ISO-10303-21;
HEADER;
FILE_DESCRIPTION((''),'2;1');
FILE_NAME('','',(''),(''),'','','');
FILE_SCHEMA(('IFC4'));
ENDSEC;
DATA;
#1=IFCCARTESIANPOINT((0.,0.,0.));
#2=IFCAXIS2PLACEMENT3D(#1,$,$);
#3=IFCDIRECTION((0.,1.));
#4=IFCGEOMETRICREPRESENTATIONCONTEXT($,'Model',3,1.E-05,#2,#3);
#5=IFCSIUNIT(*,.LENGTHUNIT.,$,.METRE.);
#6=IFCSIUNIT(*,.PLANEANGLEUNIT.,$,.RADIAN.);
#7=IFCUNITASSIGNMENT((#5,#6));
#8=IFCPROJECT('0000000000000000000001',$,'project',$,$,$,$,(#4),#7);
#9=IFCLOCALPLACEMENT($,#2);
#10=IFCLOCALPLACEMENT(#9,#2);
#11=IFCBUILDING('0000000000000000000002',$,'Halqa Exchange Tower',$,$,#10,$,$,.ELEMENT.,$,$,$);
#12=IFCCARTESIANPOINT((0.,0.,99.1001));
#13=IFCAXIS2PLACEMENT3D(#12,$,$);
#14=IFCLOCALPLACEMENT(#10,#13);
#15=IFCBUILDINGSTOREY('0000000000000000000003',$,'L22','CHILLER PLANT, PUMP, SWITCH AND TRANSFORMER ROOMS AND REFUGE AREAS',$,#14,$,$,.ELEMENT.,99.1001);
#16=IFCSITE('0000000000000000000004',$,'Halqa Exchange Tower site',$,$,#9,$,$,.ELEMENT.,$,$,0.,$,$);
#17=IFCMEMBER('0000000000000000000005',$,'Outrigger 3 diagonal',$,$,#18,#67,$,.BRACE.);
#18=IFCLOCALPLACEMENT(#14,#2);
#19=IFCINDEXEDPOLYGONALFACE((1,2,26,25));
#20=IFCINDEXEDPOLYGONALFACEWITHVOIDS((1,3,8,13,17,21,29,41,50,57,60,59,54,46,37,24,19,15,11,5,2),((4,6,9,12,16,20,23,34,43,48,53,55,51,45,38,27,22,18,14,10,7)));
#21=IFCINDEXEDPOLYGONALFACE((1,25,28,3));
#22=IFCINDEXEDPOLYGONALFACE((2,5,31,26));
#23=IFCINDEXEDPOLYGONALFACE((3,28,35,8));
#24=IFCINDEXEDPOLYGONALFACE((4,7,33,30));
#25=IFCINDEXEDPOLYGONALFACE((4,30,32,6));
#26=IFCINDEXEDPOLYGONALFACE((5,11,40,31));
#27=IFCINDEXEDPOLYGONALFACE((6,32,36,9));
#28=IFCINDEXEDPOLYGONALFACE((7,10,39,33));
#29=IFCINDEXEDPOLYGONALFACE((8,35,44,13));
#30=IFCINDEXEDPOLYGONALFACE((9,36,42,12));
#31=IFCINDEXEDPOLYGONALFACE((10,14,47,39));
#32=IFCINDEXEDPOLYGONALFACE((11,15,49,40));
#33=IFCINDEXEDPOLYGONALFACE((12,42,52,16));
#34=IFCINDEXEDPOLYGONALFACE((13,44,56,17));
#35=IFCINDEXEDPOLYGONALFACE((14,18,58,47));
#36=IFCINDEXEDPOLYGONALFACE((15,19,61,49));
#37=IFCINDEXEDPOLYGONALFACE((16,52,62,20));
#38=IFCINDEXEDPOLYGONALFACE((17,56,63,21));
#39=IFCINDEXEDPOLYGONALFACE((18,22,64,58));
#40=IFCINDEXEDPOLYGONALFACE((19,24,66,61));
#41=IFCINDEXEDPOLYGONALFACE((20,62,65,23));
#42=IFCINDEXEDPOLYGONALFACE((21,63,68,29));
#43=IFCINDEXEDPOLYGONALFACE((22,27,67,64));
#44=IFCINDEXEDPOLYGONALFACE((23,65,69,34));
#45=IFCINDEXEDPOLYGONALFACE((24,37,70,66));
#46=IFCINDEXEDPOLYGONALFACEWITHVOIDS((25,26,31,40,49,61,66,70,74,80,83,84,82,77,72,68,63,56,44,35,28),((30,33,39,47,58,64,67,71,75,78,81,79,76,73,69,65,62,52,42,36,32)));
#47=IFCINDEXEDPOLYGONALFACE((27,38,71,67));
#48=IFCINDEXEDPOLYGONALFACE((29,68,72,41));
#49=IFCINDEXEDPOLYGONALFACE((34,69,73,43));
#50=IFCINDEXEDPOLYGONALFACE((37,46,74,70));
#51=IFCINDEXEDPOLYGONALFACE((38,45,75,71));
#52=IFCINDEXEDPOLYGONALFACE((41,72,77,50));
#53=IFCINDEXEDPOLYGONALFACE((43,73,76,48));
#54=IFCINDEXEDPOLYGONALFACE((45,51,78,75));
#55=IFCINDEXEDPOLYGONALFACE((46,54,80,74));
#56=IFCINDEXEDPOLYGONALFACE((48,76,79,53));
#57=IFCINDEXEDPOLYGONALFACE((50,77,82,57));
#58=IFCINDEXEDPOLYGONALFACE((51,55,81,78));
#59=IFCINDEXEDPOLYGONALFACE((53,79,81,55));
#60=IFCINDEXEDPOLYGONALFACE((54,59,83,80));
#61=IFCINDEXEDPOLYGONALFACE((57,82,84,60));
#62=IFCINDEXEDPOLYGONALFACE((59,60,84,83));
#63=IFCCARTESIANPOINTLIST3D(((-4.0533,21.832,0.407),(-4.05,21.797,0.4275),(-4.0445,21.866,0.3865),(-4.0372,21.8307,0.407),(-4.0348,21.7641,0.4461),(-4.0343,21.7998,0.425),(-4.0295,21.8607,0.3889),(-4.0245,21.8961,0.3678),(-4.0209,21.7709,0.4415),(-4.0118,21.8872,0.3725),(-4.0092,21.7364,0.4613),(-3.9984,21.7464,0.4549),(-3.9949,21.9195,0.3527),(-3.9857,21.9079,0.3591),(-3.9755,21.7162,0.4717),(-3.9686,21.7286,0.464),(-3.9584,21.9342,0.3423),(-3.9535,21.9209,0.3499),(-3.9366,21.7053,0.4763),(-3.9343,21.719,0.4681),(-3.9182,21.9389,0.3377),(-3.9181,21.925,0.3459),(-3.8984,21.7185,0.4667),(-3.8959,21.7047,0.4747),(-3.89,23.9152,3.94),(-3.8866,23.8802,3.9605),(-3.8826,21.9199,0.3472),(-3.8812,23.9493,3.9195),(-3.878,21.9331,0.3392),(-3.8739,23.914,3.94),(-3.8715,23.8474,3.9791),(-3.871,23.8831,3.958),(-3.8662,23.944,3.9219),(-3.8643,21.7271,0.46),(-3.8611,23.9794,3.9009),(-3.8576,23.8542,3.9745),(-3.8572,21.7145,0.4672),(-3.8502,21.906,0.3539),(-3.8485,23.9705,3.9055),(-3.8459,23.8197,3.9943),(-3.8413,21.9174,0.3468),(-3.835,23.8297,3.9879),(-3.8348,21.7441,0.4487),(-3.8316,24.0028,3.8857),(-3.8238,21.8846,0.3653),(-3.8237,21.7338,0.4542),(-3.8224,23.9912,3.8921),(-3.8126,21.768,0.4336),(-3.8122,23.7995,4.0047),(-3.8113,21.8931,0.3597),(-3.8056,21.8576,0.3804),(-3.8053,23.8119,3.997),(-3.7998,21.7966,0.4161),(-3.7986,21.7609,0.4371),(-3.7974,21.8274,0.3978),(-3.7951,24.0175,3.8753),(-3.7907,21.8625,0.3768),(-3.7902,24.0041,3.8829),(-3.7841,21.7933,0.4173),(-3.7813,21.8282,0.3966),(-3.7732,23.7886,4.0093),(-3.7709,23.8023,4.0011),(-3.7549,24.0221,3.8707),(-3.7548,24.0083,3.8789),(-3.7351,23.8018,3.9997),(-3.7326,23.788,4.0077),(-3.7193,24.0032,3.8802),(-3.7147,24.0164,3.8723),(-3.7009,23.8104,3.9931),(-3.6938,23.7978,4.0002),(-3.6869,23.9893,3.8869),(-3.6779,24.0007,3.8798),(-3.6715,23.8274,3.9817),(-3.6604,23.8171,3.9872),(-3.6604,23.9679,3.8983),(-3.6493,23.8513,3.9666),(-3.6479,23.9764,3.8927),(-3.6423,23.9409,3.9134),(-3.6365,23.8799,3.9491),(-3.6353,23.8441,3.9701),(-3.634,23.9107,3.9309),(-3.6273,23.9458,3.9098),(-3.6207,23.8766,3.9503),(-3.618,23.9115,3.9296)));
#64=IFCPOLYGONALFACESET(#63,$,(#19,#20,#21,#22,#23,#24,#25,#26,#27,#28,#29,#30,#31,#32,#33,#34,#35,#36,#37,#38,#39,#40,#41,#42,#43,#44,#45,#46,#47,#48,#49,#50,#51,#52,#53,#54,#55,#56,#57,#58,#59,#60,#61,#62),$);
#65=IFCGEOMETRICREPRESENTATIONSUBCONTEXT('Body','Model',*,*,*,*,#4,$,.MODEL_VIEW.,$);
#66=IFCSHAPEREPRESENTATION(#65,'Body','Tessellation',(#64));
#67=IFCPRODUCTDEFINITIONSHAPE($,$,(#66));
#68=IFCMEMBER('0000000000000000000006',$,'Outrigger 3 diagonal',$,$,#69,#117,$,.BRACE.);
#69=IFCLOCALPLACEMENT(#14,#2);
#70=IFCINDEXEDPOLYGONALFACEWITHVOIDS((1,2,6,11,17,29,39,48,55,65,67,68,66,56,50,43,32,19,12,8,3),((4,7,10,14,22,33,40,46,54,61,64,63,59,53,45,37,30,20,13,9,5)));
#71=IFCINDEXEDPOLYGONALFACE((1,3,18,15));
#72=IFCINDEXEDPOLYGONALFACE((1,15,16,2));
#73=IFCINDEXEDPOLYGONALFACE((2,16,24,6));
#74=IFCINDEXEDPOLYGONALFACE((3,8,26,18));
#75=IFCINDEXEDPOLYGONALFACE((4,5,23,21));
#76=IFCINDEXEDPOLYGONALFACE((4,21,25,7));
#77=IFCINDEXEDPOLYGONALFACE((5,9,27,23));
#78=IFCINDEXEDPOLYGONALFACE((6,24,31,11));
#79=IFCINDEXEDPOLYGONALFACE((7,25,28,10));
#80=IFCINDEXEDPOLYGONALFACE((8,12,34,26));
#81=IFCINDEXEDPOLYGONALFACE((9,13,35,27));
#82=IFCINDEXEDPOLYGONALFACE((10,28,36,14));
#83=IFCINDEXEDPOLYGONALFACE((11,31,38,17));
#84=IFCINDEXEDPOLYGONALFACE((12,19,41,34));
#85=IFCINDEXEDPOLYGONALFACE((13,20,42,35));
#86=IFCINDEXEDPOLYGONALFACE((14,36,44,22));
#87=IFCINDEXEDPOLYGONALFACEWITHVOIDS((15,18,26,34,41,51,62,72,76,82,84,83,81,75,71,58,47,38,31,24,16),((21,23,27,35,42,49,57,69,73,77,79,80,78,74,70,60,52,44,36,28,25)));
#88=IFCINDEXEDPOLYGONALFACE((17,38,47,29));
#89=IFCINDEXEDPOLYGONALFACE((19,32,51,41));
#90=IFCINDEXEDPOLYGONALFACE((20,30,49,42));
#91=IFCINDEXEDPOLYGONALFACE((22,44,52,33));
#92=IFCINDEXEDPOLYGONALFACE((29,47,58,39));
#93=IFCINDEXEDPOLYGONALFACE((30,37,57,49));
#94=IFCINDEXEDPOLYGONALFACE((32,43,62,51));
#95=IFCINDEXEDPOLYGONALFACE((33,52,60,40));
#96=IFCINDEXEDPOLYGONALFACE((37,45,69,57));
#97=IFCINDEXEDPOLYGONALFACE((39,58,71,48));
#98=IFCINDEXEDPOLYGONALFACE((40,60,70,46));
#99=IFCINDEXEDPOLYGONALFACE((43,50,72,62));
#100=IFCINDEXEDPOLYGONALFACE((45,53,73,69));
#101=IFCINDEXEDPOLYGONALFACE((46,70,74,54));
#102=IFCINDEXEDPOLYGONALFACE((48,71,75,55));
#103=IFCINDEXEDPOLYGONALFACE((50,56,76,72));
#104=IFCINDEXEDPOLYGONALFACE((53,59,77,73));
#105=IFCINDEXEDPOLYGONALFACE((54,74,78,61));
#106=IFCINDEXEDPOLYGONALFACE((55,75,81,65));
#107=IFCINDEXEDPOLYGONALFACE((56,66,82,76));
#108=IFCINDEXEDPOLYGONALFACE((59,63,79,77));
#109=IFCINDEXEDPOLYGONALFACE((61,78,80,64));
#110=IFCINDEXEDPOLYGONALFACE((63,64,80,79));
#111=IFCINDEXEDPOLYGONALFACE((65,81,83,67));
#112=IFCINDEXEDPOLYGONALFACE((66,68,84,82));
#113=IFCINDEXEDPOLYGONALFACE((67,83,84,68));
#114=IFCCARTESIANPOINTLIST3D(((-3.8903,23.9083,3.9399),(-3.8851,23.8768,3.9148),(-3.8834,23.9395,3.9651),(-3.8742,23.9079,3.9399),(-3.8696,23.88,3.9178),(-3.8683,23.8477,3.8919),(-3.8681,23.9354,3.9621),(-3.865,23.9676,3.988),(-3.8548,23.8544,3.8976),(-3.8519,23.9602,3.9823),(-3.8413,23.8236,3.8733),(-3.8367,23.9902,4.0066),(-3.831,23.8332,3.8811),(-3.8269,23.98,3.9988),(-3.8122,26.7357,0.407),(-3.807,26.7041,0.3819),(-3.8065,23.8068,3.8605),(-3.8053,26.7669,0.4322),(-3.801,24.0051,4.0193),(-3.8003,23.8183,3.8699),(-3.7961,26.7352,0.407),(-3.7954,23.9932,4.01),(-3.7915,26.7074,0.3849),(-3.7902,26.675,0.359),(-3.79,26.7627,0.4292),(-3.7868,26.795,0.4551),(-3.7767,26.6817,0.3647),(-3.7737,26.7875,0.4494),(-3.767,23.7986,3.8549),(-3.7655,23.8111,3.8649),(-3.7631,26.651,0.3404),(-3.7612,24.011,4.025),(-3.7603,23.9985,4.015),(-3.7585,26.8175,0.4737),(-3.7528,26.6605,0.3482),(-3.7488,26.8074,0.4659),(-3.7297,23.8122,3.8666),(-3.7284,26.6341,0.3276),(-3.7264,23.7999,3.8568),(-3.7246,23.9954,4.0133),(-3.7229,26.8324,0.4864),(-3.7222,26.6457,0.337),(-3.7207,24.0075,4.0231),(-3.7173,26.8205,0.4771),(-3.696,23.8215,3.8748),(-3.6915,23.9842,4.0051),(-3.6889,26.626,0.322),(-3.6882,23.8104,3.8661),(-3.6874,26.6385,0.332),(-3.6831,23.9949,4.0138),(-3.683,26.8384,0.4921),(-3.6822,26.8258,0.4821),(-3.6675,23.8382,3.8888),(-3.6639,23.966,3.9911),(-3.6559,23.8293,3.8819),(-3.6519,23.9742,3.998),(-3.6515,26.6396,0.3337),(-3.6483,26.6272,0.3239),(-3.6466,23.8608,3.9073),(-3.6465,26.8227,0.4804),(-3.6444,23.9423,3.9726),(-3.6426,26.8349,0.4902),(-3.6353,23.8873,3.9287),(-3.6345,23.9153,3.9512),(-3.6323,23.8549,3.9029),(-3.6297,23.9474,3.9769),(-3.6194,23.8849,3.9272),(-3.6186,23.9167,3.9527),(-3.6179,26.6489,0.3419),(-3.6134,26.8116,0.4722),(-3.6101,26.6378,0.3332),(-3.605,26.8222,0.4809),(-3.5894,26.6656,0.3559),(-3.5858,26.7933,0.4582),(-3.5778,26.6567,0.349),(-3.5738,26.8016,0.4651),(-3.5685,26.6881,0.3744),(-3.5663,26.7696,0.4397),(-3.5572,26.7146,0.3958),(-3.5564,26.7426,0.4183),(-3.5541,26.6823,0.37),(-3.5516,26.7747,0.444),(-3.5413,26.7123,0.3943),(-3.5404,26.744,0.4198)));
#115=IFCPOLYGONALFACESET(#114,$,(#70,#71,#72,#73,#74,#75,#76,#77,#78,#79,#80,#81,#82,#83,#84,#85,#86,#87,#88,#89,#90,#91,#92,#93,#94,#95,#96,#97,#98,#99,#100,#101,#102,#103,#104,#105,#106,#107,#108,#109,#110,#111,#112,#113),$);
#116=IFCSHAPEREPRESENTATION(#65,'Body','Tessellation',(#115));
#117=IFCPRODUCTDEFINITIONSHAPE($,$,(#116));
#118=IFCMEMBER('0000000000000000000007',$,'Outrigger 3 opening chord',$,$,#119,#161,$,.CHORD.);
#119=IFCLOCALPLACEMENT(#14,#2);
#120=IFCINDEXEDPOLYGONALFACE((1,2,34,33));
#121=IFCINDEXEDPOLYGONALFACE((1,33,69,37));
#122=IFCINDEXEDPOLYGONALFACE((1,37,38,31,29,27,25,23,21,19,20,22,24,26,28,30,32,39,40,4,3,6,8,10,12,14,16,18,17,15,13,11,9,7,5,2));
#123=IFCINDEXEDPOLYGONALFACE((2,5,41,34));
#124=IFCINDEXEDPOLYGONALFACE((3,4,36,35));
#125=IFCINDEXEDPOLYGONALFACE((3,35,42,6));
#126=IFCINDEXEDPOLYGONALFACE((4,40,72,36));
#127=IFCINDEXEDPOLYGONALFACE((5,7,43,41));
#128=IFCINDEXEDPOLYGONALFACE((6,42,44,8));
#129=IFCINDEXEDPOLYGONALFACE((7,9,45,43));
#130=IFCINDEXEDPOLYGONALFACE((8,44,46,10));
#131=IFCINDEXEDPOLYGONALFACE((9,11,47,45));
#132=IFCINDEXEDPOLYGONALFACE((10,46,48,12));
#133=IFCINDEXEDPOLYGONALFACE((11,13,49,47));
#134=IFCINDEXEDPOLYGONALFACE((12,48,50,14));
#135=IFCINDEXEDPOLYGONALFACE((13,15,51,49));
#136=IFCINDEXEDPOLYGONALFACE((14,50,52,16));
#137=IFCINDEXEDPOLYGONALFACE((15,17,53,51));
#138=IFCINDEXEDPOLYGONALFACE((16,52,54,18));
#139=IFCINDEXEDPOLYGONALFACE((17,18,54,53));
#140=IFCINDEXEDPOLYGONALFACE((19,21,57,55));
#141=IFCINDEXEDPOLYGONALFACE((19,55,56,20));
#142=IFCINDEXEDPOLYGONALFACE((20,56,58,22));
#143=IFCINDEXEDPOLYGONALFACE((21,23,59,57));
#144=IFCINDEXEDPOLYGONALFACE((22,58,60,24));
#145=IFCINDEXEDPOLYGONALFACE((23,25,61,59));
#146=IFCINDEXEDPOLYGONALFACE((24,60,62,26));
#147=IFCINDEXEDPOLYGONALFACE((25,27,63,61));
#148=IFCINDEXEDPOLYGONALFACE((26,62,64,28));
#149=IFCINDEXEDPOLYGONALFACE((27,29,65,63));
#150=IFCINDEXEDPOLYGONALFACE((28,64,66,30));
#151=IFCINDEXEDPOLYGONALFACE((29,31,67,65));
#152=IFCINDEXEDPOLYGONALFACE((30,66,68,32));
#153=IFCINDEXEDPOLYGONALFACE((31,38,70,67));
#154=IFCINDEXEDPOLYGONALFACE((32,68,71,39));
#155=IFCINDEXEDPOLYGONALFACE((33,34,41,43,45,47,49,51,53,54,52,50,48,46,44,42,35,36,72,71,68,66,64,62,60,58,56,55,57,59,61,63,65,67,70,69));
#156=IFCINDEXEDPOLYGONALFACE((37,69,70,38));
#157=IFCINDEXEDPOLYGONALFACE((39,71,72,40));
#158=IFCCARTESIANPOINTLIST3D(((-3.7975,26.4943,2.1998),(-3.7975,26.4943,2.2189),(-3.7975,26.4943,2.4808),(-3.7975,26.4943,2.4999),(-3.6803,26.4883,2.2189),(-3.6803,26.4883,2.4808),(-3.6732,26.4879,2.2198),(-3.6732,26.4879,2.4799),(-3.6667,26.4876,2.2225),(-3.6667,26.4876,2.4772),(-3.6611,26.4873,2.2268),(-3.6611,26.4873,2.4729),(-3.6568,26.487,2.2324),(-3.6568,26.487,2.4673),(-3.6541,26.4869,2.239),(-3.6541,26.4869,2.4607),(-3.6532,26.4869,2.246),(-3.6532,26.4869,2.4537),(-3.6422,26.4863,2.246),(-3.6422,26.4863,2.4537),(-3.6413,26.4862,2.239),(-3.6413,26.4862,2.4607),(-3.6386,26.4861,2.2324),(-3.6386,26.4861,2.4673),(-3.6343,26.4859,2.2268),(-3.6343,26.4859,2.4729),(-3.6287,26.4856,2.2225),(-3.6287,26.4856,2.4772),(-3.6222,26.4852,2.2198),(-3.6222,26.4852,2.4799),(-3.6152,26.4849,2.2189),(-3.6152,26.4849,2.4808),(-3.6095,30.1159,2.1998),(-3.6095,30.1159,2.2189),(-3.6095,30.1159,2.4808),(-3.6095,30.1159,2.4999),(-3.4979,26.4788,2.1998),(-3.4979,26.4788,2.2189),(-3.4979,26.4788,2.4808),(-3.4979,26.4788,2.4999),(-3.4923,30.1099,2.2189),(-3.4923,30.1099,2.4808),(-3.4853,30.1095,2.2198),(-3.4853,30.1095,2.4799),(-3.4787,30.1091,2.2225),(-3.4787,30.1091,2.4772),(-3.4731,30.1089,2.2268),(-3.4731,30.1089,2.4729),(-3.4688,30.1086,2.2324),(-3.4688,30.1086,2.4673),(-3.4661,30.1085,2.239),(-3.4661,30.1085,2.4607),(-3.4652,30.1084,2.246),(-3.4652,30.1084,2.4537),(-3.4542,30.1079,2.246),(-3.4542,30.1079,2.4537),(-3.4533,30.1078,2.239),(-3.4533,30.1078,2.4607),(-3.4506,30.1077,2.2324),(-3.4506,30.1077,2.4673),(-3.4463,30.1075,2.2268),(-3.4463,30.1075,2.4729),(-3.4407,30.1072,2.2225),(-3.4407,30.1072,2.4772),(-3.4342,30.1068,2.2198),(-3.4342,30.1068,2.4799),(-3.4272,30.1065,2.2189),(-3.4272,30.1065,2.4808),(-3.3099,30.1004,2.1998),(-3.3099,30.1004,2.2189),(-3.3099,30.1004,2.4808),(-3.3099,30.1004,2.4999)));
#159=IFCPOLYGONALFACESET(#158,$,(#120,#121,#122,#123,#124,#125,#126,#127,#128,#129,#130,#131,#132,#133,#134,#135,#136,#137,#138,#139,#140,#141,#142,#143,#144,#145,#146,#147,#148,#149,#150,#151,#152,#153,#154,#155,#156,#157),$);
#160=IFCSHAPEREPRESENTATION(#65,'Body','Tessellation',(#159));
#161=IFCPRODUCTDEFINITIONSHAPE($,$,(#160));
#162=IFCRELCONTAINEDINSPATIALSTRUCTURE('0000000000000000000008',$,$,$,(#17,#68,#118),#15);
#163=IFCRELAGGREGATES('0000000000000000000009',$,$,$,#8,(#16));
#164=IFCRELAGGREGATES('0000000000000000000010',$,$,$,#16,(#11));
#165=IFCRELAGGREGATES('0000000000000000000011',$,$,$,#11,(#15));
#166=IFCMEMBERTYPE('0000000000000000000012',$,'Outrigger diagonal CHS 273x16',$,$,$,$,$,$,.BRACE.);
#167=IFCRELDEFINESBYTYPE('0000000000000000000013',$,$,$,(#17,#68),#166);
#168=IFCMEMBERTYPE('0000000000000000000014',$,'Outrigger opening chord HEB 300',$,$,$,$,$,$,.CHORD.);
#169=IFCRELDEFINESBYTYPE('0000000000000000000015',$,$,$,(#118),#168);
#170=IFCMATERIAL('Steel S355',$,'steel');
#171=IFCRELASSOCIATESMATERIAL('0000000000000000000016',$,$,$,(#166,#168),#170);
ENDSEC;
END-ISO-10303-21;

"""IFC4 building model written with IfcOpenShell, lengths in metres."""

from ifc_helpers import new_model, si_unit, direction, frame, origin, origin_2d, place, context, subcontext, project, spatial, hollow_circle, i_section, extrude, material, material_profile, profile_set, type_object, element, save


model = new_model("IFC4")

# Units and contexts
model_context = context("Model", 3, precision=1e-05, world=origin(), true_north=direction((0.0, 1.0)))
body_context = subcontext(model_context, "Body", "Model", "MODEL_VIEW")
ifc_project = project(units=[si_unit("LENGTHUNIT", "METRE"), si_unit("PLANEANGLEUNIT", "RADIAN")], contexts=[model_context])

# Site, building, storey
site_placement = place(None, origin())
site = spatial("IfcSite", under=ifc_project, at=site_placement, Name="Halqa Exchange Tower site", CompositionType="ELEMENT", RefElevation=0.0)
building_placement = place(site_placement, origin())
building = spatial("IfcBuilding", under=site, at=building_placement, Name="Halqa Exchange Tower", CompositionType="ELEMENT")
storey_placement = place(building_placement, frame((0.0, 0.0, 99.1001)))
storey = spatial("IfcBuildingStorey", under=building, at=storey_placement, Name="L22", Description="CHILLER PLANT, PUMP, SWITCH AND TRANSFORMER ROOMS AND REFUGE AREAS", CompositionType="ELEMENT", Elevation=99.1001)

# Members
ifc_material_1 = material(Name="Steel S355", Category="steel")
ifc_material_profile_1 = material_profile(ifc_material_1, hollow_circle(Radius=0.1365, WallThickness=0.0161, at=origin_2d()), Name="CHS 273x16")
ifc_profile_set_1 = profile_set([ifc_material_profile_1], Name="Steel S355")
member_type_1 = type_object("IfcMemberType", Name="Outrigger diagonal CHS 273x16", PredefinedType="BRACE", material=ifc_profile_set_1)
member_1_placement = place(storey_placement, frame((-3.9172, 21.8213, 0.407), z_axis=(0.039791, 0.507531, 0.860714), x_axis=(-0.996941, 0.078162, 0.0)))
element("IfcMember", 1, at=member_1_placement, inside=storey, type_object=member_type_1, Name="Outrigger 3 diagonal", PredefinedType="BRACE", context=body_context, shape_type="SweptSolid", body=[
    extrude(hollow_circle(Radius=0.1365, WallThickness=0.0161, at=origin_2d()), origin(), (0.0, 0.0, 1.0), 4.1047),
])
member_2_placement = place(storey_placement, frame((-3.7539, 23.9045, 3.9399), z_axis=(0.017262, 0.62474, -0.780642), x_axis=(-0.999618, 0.027621, 0.0)))
element("IfcMember", 2, at=member_2_placement, inside=storey, type_object=member_type_1, Name="Outrigger 3 diagonal", PredefinedType="BRACE", context=body_context, shape_type="SweptSolid", body=[
    extrude(hollow_circle(Radius=0.1365, WallThickness=0.0161, at=origin_2d()), origin(), (0.0, 0.0, 1.0), 4.5256),
])
ifc_material_profile_2 = material_profile(ifc_material_1, i_section(OverallWidth=0.3, OverallDepth=0.3, WebThickness=0.011, FlangeThickness=0.019, FilletRadius=0.0271, at=origin_2d()), Name="HEB 300")
ifc_profile_set_2 = profile_set([ifc_material_profile_2], Name="Steel S355")
member_type_2 = type_object("IfcMemberType", Name="Outrigger opening chord HEB 300", PredefinedType="CHORD", material=ifc_profile_set_2)
member_3_placement = place(storey_placement, frame((-3.6477, 26.4866, 2.3499), z_axis=(0.051838, 0.998656, 0.0), x_axis=(-0.998656, 0.051838, 0.0)))
element("IfcMember", 3, at=member_3_placement, inside=storey, type_object=member_type_2, Name="Outrigger 3 opening chord", PredefinedType="CHORD", context=body_context, shape_type="SweptSolid", body=[
    extrude(i_section(OverallWidth=0.3, OverallDepth=0.3, WebThickness=0.011, FlangeThickness=0.019, FilletRadius=0.0271, at=origin_2d()), origin(), (0.0, 0.0, 1.0), 3.6265),
])

save(model, "model.ifc")
